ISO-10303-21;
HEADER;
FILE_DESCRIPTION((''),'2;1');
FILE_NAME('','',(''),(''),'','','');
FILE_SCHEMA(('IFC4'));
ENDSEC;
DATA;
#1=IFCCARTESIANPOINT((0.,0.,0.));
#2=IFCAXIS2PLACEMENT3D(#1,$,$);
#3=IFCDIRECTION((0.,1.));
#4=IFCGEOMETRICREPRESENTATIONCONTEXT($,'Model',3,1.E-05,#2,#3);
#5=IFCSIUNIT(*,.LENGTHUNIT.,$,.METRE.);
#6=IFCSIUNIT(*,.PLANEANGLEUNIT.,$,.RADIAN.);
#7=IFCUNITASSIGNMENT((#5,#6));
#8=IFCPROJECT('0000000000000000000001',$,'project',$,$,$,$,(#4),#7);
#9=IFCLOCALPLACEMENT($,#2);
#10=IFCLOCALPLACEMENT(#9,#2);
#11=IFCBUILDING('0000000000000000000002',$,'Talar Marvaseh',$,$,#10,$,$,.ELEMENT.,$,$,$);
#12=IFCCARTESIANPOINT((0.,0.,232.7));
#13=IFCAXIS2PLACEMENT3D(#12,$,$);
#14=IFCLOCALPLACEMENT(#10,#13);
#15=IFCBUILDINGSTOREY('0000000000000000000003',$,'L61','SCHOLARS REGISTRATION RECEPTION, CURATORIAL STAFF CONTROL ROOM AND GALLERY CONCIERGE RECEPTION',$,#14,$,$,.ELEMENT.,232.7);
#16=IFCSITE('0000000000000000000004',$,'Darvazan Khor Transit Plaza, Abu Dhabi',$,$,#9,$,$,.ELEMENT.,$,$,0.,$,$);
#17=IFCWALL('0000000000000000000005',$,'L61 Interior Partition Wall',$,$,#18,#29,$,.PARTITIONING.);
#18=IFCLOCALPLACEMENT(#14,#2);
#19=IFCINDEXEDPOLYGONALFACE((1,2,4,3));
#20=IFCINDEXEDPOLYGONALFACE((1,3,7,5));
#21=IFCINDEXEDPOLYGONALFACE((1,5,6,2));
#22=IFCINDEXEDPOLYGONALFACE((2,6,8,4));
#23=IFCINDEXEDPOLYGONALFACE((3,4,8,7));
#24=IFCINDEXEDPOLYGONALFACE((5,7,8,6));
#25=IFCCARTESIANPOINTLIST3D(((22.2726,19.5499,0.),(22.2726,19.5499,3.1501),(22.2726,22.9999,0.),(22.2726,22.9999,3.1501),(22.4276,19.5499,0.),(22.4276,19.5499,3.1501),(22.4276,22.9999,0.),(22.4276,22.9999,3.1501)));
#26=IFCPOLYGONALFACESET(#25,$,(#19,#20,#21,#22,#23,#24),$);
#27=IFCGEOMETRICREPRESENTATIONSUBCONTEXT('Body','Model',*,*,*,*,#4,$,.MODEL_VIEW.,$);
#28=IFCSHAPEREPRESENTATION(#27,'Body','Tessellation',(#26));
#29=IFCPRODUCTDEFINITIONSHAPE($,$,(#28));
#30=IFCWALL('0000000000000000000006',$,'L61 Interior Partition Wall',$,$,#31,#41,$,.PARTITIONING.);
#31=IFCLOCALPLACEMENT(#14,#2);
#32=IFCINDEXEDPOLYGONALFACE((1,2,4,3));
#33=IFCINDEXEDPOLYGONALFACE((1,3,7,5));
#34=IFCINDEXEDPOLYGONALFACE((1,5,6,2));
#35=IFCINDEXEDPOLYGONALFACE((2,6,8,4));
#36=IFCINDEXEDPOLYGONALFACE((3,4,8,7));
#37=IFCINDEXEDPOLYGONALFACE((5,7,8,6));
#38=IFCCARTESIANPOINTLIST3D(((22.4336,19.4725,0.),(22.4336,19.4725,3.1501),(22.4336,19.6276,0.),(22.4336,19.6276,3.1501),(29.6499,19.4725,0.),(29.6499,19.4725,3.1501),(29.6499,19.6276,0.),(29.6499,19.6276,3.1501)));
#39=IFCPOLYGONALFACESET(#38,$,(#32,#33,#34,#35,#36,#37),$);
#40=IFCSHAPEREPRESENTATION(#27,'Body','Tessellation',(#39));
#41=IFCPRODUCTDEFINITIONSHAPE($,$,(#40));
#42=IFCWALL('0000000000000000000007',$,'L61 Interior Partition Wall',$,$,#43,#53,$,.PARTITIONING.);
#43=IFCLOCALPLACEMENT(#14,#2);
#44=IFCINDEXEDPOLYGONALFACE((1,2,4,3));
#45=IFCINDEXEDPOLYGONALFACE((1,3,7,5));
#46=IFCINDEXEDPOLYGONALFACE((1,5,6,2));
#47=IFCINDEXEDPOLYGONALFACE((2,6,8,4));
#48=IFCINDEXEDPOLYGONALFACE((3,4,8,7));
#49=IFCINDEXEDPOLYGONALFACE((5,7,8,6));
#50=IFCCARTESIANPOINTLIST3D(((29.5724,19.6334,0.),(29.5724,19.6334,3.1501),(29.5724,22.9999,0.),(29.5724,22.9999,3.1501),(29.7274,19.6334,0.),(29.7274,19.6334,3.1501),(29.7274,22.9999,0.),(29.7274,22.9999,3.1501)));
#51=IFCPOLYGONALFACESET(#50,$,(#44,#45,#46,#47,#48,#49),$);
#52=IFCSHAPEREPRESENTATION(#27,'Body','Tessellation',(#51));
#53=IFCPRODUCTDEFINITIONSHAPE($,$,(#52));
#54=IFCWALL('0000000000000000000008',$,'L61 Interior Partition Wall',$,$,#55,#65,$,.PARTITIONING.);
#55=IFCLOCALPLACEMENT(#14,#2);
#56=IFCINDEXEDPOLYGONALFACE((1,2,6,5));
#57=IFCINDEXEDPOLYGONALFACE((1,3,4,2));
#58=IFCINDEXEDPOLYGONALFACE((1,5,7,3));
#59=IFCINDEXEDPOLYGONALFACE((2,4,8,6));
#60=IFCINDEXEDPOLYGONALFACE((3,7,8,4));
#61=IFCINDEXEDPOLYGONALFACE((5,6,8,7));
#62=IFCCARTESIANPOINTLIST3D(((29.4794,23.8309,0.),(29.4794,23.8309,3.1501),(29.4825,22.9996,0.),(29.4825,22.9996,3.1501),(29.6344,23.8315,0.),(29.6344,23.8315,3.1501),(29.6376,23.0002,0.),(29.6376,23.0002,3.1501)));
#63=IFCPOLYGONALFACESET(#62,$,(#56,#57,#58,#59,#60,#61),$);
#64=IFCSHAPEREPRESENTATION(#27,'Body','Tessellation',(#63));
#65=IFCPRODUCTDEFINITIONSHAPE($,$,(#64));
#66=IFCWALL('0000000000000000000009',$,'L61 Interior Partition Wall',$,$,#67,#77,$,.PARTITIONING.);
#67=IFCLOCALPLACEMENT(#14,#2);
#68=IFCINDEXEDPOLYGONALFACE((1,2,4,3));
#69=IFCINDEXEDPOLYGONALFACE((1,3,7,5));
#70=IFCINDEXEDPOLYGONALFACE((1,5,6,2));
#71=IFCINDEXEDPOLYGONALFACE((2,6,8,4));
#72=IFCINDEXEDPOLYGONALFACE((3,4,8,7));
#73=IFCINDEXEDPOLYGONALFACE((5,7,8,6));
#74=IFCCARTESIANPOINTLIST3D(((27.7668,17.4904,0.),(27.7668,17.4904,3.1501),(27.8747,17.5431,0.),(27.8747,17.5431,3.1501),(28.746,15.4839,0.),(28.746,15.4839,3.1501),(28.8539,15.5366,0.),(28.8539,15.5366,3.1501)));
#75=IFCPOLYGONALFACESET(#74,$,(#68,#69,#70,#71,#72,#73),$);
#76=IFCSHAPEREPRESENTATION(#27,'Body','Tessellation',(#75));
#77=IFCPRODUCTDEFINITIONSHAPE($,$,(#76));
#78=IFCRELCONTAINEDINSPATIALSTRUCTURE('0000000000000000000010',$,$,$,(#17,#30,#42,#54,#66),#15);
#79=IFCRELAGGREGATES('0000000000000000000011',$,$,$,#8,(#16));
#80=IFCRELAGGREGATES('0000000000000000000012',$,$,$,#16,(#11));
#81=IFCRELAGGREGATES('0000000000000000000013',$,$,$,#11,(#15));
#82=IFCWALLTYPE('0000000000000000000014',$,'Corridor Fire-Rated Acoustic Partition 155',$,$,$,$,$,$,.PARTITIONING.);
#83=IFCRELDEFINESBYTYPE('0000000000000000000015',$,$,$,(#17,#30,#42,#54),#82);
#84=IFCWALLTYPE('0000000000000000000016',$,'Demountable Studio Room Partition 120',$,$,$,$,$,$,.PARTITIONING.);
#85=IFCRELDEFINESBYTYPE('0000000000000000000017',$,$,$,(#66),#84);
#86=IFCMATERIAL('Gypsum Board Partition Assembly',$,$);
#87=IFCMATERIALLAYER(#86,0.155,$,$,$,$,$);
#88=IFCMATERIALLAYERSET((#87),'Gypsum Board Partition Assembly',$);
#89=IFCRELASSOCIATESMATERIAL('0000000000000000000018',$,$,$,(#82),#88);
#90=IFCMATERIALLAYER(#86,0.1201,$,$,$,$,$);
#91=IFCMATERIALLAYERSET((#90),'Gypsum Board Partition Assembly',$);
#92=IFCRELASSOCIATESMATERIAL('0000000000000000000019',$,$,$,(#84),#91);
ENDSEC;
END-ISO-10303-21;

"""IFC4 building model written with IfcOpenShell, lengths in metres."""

from ifc_helpers import new_model, si_unit, direction, frame, frame_2d, origin, place, context, subcontext, project, spatial, rectangle, extrude, material, layer, layer_set, type_object, element, save


model = new_model("IFC4")

# Units and contexts
model_context = context("Model", 3, precision=1e-05, world=origin(), true_north=direction((0.0, 1.0)))
body_context = subcontext(model_context, "Body", "Model", "MODEL_VIEW")
ifc_project = project(units=[si_unit("LENGTHUNIT", "METRE"), si_unit("PLANEANGLEUNIT", "RADIAN")], contexts=[model_context])

# Site, building, storey
site_placement = place(None, origin())
site = spatial("IfcSite", under=ifc_project, at=site_placement, Name="Darvazan Khor Transit Plaza, Abu Dhabi", CompositionType="ELEMENT", RefElevation=0.0)
building_placement = place(site_placement, origin())
building = spatial("IfcBuilding", under=site, at=building_placement, Name="Talar Marvaseh", CompositionType="ELEMENT")
storey_placement = place(building_placement, frame((0.0, 0.0, 232.7)))
storey = spatial("IfcBuildingStorey", under=building, at=storey_placement, Name="L61", Description="SCHOLARS REGISTRATION RECEPTION, CURATORIAL STAFF CONTROL ROOM AND GALLERY CONCIERGE RECEPTION", CompositionType="ELEMENT", Elevation=232.7)

# Shared definitions
ifc_material_1 = material(Name="Gypsum Board Partition Assembly")
ifc_layer_1 = layer(ifc_material_1, 0.155)
ifc_layer_set_1 = layer_set([ifc_layer_1], Name="Gypsum Board Partition Assembly")
wall_type_1 = type_object("IfcWallType", Name="Corridor Fire-Rated Acoustic Partition 155", PredefinedType="PARTITIONING", material=ifc_layer_set_1)

# Walls
wall_1_placement = place(storey_placement, frame((22.3501, 23.0, 0.0), z_axis=(0.0, 0.0, 1.0), x_axis=(0.0, -1.0, 0.0)))
element("IfcWall", 1, at=wall_1_placement, inside=storey, type_object=wall_type_1, Name="L61 Interior Partition Wall", PredefinedType="PARTITIONING", context=body_context, shape_type="SweptSolid", body=[
    extrude(rectangle(XDim=3.45, YDim=0.155, at=frame_2d((1.7251, 0.0))), origin(), (0.0, 0.0, 1.0), 3.1501),
])
wall_2_placement = place(storey_placement, frame((22.4336, 19.55, 0.0), z_axis=(0.0, 0.0, 1.0), x_axis=(1.0, 0.0, 0.0)))
element("IfcWall", 2, at=wall_2_placement, inside=storey, type_object=wall_type_1, Name="L61 Interior Partition Wall", PredefinedType="PARTITIONING", context=body_context, shape_type="SweptSolid", body=[
    extrude(rectangle(XDim=7.2163, YDim=0.155, at=frame_2d((3.6082, 0.0))), origin(), (0.0, 0.0, 1.0), 3.1501),
])
wall_3_placement = place(storey_placement, frame((29.6499, 19.6335, 0.0), z_axis=(0.0, 0.0, 1.0), x_axis=(0.0, 1.0, 0.0)))
element("IfcWall", 3, at=wall_3_placement, inside=storey, type_object=wall_type_1, Name="L61 Interior Partition Wall", PredefinedType="PARTITIONING", context=body_context, shape_type="SweptSolid", body=[
    extrude(rectangle(XDim=3.3665, YDim=0.155, at=frame_2d((1.6831, 0.0))), origin(), (0.0, 0.0, 1.0), 3.1501),
])
wall_4_placement = place(storey_placement, frame((29.5601, 23.0, 0.0), z_axis=(0.0, 0.0, 1.0), x_axis=(-0.003818, 0.999993, 0.0)))
element("IfcWall", 4, at=wall_4_placement, inside=storey, type_object=wall_type_1, Name="L61 Interior Partition Wall", PredefinedType="PARTITIONING", context=body_context, shape_type="SweptSolid", body=[
    extrude(rectangle(XDim=0.8313, YDim=0.155, at=frame_2d((0.4155, 0.0))), origin(), (0.0, 0.0, 1.0), 3.1501),
])
ifc_layer_2 = layer(ifc_material_1, 0.1201)
ifc_layer_set_2 = layer_set([ifc_layer_2], Name="Gypsum Board Partition Assembly")
wall_type_2 = type_object("IfcWallType", Name="Demountable Studio Room Partition 120", PredefinedType="PARTITIONING", material=ifc_layer_set_2)
wall_5_placement = place(storey_placement, frame((27.8208, 17.5166, 0.0), z_axis=(0.0, 0.0, 1.0), x_axis=(0.438577, -0.898694, 0.0)))
element("IfcWall", 5, at=wall_5_placement, inside=storey, type_object=wall_type_2, Name="L61 Interior Partition Wall", PredefinedType="PARTITIONING", context=body_context, shape_type="SweptSolid", body=[
    extrude(rectangle(XDim=2.2327, YDim=0.1201, at=frame_2d((1.1162, 0.0))), origin(), (0.0, 0.0, 1.0), 3.1501),
])

save(model, "model.ifc")
